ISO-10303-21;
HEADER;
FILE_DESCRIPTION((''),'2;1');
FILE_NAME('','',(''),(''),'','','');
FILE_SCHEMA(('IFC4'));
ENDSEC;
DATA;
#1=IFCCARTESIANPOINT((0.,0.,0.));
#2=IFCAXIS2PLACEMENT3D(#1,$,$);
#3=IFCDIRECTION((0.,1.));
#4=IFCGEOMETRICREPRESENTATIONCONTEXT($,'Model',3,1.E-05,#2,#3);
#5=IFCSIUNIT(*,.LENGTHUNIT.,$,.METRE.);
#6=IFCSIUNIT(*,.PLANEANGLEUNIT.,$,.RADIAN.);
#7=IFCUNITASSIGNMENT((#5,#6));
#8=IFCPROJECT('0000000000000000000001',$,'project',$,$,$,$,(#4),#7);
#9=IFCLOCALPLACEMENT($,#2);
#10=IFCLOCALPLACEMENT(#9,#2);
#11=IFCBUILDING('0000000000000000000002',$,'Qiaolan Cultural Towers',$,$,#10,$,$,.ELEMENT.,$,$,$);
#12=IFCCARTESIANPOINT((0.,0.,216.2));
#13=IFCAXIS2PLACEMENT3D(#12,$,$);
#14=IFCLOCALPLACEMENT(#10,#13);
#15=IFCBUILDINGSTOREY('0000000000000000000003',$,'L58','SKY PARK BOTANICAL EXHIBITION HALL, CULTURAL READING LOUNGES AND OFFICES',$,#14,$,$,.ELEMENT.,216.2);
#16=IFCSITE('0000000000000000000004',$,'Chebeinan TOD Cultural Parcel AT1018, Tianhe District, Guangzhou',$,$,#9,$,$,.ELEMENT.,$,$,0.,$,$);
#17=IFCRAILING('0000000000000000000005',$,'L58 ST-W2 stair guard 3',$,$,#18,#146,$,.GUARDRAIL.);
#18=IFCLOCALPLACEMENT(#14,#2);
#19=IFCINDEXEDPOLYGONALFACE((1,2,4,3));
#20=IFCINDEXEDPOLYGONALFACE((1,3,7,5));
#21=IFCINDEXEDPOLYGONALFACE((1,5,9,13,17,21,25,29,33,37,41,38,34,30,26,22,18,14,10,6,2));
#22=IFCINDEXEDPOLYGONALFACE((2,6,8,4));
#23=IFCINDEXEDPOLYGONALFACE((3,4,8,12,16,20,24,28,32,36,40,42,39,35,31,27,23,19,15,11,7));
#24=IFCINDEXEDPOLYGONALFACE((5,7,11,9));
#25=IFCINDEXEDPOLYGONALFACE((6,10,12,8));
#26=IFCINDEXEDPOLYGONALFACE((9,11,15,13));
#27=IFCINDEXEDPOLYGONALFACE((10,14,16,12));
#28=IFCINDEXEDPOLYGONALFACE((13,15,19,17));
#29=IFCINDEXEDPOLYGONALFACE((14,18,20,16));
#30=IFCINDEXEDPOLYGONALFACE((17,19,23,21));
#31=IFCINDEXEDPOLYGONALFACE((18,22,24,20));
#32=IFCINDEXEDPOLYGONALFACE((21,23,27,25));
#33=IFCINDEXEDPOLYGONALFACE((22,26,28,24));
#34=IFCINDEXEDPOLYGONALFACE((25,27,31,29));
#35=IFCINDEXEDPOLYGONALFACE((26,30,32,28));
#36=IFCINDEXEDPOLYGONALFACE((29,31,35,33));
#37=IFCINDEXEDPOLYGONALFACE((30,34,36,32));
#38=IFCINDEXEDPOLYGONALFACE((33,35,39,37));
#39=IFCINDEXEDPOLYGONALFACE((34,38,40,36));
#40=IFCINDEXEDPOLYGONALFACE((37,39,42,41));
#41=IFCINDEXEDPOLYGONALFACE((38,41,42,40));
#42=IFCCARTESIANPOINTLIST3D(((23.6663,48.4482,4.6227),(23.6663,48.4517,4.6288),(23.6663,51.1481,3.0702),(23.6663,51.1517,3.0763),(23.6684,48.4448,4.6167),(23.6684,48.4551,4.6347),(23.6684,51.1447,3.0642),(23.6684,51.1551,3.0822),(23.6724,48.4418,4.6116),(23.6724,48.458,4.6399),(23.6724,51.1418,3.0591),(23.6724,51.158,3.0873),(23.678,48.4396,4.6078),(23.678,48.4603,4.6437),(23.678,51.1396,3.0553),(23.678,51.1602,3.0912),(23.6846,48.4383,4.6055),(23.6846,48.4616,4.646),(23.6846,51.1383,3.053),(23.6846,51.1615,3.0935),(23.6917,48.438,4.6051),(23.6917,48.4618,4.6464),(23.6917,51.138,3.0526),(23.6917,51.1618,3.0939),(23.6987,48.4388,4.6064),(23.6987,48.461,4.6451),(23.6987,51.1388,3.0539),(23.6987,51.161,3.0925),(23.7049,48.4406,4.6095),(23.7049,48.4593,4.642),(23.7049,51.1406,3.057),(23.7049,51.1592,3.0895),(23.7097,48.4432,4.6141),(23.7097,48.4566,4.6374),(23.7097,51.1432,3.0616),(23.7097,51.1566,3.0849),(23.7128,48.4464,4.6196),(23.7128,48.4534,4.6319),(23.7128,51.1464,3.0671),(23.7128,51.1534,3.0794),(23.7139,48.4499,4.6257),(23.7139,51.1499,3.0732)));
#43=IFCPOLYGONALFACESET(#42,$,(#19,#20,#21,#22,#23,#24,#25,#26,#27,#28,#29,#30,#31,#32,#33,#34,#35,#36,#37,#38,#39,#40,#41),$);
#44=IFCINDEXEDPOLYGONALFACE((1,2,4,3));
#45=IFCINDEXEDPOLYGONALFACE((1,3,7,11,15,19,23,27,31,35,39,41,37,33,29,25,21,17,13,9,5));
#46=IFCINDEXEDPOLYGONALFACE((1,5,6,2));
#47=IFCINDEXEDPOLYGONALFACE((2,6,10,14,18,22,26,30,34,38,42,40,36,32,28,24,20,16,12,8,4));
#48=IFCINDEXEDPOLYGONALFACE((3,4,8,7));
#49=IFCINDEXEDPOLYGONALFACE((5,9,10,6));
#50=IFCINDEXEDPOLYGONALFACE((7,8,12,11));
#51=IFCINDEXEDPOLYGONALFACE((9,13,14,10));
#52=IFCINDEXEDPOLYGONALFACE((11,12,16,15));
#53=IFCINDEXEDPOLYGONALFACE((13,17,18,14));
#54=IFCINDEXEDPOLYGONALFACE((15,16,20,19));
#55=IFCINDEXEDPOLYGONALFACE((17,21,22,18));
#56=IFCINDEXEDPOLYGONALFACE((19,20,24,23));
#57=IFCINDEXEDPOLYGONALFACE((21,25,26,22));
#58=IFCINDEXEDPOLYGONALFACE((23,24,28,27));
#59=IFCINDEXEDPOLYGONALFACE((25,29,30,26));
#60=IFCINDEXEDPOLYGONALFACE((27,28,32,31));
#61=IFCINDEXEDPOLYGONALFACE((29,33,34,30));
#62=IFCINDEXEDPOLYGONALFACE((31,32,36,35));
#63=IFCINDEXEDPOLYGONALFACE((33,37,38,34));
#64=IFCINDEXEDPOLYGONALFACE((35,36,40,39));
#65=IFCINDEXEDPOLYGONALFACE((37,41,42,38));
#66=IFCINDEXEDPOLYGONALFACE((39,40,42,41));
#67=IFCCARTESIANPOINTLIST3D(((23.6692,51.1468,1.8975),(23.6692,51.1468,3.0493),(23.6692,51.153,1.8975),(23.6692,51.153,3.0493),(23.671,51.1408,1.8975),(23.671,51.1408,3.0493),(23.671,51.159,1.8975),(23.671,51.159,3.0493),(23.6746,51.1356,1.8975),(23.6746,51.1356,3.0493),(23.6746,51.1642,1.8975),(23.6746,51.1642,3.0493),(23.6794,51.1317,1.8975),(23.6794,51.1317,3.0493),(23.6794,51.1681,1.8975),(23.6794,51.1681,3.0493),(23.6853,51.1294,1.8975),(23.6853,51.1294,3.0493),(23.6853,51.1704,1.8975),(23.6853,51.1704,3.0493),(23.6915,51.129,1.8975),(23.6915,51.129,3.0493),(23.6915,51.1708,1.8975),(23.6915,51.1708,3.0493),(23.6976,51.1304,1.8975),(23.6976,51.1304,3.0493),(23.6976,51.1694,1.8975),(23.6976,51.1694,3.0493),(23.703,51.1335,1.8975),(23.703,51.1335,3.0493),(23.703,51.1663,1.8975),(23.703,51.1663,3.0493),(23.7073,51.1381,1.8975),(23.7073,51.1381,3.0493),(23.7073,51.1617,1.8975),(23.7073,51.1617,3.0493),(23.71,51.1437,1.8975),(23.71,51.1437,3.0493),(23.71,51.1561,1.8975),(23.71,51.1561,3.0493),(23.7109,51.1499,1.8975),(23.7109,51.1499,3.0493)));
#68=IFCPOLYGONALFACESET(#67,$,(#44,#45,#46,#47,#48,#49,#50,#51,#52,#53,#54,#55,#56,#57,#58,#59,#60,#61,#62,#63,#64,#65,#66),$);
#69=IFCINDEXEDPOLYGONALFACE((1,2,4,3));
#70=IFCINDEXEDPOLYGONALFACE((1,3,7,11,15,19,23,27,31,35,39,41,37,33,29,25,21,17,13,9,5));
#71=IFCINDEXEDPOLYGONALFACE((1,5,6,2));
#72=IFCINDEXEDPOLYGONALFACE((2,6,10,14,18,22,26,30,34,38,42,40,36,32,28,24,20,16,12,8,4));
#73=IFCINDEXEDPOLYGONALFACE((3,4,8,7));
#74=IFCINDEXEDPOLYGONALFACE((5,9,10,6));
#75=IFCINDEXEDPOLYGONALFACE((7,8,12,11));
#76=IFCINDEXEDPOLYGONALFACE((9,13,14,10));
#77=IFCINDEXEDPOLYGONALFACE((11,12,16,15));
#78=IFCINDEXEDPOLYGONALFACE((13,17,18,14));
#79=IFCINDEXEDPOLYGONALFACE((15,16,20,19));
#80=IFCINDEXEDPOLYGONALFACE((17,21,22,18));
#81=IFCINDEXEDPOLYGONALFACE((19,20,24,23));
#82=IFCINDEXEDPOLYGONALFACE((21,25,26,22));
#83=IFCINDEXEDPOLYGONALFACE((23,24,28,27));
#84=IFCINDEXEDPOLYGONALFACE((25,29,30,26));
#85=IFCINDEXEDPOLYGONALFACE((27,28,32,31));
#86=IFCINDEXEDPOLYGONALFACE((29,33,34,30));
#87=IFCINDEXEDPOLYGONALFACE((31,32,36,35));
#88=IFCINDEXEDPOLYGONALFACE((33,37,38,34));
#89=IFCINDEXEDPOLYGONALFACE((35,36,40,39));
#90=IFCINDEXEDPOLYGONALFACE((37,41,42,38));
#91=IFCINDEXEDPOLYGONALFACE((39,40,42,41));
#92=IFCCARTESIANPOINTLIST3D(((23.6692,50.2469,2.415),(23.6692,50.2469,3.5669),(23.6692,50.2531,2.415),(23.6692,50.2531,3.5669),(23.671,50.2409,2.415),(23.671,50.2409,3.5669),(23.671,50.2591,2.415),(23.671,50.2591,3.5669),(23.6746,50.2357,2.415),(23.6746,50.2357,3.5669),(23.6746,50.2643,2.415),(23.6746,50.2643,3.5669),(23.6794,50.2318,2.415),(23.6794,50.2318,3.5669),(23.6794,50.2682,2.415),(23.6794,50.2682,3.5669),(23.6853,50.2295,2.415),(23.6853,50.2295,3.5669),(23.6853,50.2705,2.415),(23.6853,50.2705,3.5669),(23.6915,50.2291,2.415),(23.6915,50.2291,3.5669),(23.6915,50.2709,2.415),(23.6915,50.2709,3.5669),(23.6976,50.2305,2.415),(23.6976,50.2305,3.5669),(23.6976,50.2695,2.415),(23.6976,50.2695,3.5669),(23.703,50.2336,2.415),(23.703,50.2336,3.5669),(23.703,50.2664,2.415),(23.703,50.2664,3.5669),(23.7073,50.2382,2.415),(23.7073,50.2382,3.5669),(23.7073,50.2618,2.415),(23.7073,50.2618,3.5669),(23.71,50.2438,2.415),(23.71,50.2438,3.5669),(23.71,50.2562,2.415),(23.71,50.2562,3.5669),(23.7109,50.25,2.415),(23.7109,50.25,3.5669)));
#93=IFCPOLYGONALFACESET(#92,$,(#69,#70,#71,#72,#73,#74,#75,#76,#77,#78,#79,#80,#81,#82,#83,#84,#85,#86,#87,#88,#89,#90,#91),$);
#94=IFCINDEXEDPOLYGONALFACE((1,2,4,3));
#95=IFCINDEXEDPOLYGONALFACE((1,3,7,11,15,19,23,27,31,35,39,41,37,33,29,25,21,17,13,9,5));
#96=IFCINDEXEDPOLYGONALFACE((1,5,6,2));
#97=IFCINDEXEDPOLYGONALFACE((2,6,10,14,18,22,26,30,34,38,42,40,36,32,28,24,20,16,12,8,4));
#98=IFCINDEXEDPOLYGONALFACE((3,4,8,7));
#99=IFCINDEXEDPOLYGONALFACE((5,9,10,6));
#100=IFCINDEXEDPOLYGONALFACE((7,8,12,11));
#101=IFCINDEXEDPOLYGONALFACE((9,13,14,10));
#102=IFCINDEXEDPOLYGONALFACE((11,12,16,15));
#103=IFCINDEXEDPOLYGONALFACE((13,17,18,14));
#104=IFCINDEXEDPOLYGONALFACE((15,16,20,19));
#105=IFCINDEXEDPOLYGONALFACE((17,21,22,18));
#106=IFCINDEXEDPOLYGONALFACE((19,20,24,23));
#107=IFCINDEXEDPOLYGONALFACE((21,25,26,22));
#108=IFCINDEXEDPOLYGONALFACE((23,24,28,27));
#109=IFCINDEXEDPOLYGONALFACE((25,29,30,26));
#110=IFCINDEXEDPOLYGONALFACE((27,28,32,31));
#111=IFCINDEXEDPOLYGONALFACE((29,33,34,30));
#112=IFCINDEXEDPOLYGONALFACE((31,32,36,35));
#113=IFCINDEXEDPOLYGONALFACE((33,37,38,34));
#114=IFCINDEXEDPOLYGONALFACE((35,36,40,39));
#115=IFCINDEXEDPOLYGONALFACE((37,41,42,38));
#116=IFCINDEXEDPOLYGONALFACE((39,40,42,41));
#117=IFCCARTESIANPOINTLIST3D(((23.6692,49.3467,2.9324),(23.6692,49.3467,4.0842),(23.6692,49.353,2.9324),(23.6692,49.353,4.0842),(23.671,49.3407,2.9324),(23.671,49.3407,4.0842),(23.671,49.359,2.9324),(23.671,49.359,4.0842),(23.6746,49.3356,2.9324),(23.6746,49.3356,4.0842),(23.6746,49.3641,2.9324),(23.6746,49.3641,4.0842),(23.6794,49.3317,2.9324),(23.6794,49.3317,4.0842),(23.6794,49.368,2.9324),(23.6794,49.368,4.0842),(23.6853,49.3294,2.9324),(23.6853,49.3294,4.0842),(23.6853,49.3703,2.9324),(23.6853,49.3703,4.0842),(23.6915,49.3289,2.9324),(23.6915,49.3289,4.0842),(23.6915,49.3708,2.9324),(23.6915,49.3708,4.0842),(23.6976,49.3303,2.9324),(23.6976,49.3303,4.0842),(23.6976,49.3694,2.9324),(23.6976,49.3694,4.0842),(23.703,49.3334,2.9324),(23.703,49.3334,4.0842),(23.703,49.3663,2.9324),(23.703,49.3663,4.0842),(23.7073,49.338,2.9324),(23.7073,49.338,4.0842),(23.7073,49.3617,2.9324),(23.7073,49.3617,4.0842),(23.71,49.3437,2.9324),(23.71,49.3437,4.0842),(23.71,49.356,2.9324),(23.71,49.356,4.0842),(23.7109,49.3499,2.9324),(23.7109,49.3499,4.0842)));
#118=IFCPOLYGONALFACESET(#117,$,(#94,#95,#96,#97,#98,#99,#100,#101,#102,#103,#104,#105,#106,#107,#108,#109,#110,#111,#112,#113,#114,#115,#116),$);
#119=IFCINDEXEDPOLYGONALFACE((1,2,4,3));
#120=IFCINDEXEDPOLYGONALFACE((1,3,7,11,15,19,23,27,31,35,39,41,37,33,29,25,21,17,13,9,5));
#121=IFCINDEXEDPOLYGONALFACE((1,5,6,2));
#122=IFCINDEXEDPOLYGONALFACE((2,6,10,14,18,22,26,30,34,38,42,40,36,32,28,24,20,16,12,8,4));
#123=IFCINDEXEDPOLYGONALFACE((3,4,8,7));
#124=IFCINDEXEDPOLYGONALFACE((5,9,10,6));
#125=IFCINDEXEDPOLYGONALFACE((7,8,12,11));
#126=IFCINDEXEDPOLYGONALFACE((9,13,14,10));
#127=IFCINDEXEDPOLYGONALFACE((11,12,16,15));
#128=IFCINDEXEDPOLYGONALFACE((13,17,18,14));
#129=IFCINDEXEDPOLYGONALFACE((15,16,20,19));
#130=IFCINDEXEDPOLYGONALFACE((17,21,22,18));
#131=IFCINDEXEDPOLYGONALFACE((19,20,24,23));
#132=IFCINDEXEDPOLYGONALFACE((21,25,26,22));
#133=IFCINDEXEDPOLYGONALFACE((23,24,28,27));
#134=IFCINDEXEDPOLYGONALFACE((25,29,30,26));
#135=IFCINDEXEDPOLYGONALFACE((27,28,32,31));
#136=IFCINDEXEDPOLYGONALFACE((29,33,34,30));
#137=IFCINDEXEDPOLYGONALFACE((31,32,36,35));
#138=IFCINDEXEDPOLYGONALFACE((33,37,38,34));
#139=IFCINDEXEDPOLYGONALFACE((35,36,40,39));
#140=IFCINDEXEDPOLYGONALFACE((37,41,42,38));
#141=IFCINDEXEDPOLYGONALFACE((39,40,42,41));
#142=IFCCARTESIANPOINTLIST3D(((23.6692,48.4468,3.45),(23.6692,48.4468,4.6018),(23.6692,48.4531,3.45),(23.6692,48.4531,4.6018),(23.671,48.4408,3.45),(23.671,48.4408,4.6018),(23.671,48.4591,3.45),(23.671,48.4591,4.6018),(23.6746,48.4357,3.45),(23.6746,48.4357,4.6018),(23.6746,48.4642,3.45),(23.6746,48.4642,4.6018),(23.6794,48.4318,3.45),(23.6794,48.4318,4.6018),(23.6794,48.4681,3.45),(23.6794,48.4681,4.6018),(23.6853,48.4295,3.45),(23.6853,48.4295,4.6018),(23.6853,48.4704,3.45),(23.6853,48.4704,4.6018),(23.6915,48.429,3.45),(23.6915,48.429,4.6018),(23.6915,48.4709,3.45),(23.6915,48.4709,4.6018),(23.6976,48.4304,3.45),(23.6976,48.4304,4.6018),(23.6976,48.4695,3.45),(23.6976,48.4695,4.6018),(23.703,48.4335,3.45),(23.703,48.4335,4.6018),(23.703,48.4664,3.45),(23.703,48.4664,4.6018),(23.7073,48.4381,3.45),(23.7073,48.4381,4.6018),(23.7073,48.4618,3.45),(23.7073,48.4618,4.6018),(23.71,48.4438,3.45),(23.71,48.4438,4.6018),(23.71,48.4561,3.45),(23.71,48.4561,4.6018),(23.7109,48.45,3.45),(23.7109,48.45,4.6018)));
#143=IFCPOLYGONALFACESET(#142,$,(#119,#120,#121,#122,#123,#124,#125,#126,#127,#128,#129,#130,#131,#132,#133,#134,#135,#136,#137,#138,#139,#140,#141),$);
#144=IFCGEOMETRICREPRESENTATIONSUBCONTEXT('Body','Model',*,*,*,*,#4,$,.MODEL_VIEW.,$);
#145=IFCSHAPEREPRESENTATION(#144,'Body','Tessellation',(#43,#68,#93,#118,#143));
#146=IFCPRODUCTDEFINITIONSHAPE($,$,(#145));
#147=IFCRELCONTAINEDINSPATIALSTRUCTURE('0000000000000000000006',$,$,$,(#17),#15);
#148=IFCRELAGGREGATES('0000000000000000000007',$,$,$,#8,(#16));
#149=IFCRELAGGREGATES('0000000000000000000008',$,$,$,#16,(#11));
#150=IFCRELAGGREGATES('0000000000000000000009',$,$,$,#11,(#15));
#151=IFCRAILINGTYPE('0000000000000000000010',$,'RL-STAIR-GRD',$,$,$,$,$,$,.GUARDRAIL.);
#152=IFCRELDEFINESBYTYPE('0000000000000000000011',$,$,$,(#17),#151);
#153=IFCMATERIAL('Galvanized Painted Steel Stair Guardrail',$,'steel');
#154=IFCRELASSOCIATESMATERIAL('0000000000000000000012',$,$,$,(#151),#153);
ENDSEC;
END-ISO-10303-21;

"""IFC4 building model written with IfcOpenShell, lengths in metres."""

from ifc_helpers import new_model, si_unit, direction, frame, origin, origin_2d, place, context, subcontext, project, spatial, circle, extrude, material, type_object, element, save


model = new_model("IFC4")

# Units and contexts
model_context = context("Model", 3, precision=1e-05, world=origin(), true_north=direction((0.0, 1.0)))
body_context = subcontext(model_context, "Body", "Model", "MODEL_VIEW")
ifc_project = project(units=[si_unit("LENGTHUNIT", "METRE"), si_unit("PLANEANGLEUNIT", "RADIAN")], contexts=[model_context])

# Site, building, storey
site_placement = place(None, origin())
site = spatial("IfcSite", under=ifc_project, at=site_placement, Name="Chebeinan TOD Cultural Parcel AT1018, Tianhe District, Guangzhou", CompositionType="ELEMENT", RefElevation=0.0)
building_placement = place(site_placement, origin())
building = spatial("IfcBuilding", under=site, at=building_placement, Name="Qiaolan Cultural Towers", CompositionType="ELEMENT")
storey_placement = place(building_placement, frame((0.0, 0.0, 216.2)))
storey = spatial("IfcBuildingStorey", under=building, at=storey_placement, Name="L58", Description="SKY PARK BOTANICAL EXHIBITION HALL, CULTURAL READING LOUNGES AND OFFICES", CompositionType="ELEMENT", Elevation=216.2)

# Railing
ifc_material_1 = material(Name="Galvanized Painted Steel Stair Guardrail", Category="steel")
railing_type_1 = type_object("IfcRailingType", Name="RL-STAIR-GRD", PredefinedType="GUARDRAIL", material=ifc_material_1)
railing_1_placement = place(storey_placement, frame((23.6899, 51.1499, 1.8975)))
element("IfcRailing", 1, at=railing_1_placement, inside=storey, type_object=railing_type_1, Name="L58 ST-W2 stair guard 3", PredefinedType="GUARDRAIL", context=body_context, shape_type="SweptSolid", body=[
    extrude(circle(Radius=0.0239, at=origin_2d()), frame((0.0, 0.0, 1.1758), z_axis=(0.0, -0.866904, 0.498476), x_axis=(1.0, 0.0, 0.0)), (0.0, 0.0, 1.0), 3.1145),
    extrude(circle(Radius=0.021, at=origin_2d()), origin(), (0.0, 0.0, 1.0), 1.1519),
    extrude(circle(Radius=0.021, at=origin_2d()), frame((0.0, -0.8999, 0.5176)), (0.0, 0.0, 1.0), 1.1519),
    extrude(circle(Radius=0.021, at=origin_2d()), frame((0.0, -1.8, 1.0349)), (0.0, 0.0, 1.0), 1.1519),
    extrude(circle(Radius=0.021, at=origin_2d()), frame((0.0, -2.7, 1.5525)), (0.0, 0.0, 1.0), 1.1519),
])

save(model, "model.ifc")
